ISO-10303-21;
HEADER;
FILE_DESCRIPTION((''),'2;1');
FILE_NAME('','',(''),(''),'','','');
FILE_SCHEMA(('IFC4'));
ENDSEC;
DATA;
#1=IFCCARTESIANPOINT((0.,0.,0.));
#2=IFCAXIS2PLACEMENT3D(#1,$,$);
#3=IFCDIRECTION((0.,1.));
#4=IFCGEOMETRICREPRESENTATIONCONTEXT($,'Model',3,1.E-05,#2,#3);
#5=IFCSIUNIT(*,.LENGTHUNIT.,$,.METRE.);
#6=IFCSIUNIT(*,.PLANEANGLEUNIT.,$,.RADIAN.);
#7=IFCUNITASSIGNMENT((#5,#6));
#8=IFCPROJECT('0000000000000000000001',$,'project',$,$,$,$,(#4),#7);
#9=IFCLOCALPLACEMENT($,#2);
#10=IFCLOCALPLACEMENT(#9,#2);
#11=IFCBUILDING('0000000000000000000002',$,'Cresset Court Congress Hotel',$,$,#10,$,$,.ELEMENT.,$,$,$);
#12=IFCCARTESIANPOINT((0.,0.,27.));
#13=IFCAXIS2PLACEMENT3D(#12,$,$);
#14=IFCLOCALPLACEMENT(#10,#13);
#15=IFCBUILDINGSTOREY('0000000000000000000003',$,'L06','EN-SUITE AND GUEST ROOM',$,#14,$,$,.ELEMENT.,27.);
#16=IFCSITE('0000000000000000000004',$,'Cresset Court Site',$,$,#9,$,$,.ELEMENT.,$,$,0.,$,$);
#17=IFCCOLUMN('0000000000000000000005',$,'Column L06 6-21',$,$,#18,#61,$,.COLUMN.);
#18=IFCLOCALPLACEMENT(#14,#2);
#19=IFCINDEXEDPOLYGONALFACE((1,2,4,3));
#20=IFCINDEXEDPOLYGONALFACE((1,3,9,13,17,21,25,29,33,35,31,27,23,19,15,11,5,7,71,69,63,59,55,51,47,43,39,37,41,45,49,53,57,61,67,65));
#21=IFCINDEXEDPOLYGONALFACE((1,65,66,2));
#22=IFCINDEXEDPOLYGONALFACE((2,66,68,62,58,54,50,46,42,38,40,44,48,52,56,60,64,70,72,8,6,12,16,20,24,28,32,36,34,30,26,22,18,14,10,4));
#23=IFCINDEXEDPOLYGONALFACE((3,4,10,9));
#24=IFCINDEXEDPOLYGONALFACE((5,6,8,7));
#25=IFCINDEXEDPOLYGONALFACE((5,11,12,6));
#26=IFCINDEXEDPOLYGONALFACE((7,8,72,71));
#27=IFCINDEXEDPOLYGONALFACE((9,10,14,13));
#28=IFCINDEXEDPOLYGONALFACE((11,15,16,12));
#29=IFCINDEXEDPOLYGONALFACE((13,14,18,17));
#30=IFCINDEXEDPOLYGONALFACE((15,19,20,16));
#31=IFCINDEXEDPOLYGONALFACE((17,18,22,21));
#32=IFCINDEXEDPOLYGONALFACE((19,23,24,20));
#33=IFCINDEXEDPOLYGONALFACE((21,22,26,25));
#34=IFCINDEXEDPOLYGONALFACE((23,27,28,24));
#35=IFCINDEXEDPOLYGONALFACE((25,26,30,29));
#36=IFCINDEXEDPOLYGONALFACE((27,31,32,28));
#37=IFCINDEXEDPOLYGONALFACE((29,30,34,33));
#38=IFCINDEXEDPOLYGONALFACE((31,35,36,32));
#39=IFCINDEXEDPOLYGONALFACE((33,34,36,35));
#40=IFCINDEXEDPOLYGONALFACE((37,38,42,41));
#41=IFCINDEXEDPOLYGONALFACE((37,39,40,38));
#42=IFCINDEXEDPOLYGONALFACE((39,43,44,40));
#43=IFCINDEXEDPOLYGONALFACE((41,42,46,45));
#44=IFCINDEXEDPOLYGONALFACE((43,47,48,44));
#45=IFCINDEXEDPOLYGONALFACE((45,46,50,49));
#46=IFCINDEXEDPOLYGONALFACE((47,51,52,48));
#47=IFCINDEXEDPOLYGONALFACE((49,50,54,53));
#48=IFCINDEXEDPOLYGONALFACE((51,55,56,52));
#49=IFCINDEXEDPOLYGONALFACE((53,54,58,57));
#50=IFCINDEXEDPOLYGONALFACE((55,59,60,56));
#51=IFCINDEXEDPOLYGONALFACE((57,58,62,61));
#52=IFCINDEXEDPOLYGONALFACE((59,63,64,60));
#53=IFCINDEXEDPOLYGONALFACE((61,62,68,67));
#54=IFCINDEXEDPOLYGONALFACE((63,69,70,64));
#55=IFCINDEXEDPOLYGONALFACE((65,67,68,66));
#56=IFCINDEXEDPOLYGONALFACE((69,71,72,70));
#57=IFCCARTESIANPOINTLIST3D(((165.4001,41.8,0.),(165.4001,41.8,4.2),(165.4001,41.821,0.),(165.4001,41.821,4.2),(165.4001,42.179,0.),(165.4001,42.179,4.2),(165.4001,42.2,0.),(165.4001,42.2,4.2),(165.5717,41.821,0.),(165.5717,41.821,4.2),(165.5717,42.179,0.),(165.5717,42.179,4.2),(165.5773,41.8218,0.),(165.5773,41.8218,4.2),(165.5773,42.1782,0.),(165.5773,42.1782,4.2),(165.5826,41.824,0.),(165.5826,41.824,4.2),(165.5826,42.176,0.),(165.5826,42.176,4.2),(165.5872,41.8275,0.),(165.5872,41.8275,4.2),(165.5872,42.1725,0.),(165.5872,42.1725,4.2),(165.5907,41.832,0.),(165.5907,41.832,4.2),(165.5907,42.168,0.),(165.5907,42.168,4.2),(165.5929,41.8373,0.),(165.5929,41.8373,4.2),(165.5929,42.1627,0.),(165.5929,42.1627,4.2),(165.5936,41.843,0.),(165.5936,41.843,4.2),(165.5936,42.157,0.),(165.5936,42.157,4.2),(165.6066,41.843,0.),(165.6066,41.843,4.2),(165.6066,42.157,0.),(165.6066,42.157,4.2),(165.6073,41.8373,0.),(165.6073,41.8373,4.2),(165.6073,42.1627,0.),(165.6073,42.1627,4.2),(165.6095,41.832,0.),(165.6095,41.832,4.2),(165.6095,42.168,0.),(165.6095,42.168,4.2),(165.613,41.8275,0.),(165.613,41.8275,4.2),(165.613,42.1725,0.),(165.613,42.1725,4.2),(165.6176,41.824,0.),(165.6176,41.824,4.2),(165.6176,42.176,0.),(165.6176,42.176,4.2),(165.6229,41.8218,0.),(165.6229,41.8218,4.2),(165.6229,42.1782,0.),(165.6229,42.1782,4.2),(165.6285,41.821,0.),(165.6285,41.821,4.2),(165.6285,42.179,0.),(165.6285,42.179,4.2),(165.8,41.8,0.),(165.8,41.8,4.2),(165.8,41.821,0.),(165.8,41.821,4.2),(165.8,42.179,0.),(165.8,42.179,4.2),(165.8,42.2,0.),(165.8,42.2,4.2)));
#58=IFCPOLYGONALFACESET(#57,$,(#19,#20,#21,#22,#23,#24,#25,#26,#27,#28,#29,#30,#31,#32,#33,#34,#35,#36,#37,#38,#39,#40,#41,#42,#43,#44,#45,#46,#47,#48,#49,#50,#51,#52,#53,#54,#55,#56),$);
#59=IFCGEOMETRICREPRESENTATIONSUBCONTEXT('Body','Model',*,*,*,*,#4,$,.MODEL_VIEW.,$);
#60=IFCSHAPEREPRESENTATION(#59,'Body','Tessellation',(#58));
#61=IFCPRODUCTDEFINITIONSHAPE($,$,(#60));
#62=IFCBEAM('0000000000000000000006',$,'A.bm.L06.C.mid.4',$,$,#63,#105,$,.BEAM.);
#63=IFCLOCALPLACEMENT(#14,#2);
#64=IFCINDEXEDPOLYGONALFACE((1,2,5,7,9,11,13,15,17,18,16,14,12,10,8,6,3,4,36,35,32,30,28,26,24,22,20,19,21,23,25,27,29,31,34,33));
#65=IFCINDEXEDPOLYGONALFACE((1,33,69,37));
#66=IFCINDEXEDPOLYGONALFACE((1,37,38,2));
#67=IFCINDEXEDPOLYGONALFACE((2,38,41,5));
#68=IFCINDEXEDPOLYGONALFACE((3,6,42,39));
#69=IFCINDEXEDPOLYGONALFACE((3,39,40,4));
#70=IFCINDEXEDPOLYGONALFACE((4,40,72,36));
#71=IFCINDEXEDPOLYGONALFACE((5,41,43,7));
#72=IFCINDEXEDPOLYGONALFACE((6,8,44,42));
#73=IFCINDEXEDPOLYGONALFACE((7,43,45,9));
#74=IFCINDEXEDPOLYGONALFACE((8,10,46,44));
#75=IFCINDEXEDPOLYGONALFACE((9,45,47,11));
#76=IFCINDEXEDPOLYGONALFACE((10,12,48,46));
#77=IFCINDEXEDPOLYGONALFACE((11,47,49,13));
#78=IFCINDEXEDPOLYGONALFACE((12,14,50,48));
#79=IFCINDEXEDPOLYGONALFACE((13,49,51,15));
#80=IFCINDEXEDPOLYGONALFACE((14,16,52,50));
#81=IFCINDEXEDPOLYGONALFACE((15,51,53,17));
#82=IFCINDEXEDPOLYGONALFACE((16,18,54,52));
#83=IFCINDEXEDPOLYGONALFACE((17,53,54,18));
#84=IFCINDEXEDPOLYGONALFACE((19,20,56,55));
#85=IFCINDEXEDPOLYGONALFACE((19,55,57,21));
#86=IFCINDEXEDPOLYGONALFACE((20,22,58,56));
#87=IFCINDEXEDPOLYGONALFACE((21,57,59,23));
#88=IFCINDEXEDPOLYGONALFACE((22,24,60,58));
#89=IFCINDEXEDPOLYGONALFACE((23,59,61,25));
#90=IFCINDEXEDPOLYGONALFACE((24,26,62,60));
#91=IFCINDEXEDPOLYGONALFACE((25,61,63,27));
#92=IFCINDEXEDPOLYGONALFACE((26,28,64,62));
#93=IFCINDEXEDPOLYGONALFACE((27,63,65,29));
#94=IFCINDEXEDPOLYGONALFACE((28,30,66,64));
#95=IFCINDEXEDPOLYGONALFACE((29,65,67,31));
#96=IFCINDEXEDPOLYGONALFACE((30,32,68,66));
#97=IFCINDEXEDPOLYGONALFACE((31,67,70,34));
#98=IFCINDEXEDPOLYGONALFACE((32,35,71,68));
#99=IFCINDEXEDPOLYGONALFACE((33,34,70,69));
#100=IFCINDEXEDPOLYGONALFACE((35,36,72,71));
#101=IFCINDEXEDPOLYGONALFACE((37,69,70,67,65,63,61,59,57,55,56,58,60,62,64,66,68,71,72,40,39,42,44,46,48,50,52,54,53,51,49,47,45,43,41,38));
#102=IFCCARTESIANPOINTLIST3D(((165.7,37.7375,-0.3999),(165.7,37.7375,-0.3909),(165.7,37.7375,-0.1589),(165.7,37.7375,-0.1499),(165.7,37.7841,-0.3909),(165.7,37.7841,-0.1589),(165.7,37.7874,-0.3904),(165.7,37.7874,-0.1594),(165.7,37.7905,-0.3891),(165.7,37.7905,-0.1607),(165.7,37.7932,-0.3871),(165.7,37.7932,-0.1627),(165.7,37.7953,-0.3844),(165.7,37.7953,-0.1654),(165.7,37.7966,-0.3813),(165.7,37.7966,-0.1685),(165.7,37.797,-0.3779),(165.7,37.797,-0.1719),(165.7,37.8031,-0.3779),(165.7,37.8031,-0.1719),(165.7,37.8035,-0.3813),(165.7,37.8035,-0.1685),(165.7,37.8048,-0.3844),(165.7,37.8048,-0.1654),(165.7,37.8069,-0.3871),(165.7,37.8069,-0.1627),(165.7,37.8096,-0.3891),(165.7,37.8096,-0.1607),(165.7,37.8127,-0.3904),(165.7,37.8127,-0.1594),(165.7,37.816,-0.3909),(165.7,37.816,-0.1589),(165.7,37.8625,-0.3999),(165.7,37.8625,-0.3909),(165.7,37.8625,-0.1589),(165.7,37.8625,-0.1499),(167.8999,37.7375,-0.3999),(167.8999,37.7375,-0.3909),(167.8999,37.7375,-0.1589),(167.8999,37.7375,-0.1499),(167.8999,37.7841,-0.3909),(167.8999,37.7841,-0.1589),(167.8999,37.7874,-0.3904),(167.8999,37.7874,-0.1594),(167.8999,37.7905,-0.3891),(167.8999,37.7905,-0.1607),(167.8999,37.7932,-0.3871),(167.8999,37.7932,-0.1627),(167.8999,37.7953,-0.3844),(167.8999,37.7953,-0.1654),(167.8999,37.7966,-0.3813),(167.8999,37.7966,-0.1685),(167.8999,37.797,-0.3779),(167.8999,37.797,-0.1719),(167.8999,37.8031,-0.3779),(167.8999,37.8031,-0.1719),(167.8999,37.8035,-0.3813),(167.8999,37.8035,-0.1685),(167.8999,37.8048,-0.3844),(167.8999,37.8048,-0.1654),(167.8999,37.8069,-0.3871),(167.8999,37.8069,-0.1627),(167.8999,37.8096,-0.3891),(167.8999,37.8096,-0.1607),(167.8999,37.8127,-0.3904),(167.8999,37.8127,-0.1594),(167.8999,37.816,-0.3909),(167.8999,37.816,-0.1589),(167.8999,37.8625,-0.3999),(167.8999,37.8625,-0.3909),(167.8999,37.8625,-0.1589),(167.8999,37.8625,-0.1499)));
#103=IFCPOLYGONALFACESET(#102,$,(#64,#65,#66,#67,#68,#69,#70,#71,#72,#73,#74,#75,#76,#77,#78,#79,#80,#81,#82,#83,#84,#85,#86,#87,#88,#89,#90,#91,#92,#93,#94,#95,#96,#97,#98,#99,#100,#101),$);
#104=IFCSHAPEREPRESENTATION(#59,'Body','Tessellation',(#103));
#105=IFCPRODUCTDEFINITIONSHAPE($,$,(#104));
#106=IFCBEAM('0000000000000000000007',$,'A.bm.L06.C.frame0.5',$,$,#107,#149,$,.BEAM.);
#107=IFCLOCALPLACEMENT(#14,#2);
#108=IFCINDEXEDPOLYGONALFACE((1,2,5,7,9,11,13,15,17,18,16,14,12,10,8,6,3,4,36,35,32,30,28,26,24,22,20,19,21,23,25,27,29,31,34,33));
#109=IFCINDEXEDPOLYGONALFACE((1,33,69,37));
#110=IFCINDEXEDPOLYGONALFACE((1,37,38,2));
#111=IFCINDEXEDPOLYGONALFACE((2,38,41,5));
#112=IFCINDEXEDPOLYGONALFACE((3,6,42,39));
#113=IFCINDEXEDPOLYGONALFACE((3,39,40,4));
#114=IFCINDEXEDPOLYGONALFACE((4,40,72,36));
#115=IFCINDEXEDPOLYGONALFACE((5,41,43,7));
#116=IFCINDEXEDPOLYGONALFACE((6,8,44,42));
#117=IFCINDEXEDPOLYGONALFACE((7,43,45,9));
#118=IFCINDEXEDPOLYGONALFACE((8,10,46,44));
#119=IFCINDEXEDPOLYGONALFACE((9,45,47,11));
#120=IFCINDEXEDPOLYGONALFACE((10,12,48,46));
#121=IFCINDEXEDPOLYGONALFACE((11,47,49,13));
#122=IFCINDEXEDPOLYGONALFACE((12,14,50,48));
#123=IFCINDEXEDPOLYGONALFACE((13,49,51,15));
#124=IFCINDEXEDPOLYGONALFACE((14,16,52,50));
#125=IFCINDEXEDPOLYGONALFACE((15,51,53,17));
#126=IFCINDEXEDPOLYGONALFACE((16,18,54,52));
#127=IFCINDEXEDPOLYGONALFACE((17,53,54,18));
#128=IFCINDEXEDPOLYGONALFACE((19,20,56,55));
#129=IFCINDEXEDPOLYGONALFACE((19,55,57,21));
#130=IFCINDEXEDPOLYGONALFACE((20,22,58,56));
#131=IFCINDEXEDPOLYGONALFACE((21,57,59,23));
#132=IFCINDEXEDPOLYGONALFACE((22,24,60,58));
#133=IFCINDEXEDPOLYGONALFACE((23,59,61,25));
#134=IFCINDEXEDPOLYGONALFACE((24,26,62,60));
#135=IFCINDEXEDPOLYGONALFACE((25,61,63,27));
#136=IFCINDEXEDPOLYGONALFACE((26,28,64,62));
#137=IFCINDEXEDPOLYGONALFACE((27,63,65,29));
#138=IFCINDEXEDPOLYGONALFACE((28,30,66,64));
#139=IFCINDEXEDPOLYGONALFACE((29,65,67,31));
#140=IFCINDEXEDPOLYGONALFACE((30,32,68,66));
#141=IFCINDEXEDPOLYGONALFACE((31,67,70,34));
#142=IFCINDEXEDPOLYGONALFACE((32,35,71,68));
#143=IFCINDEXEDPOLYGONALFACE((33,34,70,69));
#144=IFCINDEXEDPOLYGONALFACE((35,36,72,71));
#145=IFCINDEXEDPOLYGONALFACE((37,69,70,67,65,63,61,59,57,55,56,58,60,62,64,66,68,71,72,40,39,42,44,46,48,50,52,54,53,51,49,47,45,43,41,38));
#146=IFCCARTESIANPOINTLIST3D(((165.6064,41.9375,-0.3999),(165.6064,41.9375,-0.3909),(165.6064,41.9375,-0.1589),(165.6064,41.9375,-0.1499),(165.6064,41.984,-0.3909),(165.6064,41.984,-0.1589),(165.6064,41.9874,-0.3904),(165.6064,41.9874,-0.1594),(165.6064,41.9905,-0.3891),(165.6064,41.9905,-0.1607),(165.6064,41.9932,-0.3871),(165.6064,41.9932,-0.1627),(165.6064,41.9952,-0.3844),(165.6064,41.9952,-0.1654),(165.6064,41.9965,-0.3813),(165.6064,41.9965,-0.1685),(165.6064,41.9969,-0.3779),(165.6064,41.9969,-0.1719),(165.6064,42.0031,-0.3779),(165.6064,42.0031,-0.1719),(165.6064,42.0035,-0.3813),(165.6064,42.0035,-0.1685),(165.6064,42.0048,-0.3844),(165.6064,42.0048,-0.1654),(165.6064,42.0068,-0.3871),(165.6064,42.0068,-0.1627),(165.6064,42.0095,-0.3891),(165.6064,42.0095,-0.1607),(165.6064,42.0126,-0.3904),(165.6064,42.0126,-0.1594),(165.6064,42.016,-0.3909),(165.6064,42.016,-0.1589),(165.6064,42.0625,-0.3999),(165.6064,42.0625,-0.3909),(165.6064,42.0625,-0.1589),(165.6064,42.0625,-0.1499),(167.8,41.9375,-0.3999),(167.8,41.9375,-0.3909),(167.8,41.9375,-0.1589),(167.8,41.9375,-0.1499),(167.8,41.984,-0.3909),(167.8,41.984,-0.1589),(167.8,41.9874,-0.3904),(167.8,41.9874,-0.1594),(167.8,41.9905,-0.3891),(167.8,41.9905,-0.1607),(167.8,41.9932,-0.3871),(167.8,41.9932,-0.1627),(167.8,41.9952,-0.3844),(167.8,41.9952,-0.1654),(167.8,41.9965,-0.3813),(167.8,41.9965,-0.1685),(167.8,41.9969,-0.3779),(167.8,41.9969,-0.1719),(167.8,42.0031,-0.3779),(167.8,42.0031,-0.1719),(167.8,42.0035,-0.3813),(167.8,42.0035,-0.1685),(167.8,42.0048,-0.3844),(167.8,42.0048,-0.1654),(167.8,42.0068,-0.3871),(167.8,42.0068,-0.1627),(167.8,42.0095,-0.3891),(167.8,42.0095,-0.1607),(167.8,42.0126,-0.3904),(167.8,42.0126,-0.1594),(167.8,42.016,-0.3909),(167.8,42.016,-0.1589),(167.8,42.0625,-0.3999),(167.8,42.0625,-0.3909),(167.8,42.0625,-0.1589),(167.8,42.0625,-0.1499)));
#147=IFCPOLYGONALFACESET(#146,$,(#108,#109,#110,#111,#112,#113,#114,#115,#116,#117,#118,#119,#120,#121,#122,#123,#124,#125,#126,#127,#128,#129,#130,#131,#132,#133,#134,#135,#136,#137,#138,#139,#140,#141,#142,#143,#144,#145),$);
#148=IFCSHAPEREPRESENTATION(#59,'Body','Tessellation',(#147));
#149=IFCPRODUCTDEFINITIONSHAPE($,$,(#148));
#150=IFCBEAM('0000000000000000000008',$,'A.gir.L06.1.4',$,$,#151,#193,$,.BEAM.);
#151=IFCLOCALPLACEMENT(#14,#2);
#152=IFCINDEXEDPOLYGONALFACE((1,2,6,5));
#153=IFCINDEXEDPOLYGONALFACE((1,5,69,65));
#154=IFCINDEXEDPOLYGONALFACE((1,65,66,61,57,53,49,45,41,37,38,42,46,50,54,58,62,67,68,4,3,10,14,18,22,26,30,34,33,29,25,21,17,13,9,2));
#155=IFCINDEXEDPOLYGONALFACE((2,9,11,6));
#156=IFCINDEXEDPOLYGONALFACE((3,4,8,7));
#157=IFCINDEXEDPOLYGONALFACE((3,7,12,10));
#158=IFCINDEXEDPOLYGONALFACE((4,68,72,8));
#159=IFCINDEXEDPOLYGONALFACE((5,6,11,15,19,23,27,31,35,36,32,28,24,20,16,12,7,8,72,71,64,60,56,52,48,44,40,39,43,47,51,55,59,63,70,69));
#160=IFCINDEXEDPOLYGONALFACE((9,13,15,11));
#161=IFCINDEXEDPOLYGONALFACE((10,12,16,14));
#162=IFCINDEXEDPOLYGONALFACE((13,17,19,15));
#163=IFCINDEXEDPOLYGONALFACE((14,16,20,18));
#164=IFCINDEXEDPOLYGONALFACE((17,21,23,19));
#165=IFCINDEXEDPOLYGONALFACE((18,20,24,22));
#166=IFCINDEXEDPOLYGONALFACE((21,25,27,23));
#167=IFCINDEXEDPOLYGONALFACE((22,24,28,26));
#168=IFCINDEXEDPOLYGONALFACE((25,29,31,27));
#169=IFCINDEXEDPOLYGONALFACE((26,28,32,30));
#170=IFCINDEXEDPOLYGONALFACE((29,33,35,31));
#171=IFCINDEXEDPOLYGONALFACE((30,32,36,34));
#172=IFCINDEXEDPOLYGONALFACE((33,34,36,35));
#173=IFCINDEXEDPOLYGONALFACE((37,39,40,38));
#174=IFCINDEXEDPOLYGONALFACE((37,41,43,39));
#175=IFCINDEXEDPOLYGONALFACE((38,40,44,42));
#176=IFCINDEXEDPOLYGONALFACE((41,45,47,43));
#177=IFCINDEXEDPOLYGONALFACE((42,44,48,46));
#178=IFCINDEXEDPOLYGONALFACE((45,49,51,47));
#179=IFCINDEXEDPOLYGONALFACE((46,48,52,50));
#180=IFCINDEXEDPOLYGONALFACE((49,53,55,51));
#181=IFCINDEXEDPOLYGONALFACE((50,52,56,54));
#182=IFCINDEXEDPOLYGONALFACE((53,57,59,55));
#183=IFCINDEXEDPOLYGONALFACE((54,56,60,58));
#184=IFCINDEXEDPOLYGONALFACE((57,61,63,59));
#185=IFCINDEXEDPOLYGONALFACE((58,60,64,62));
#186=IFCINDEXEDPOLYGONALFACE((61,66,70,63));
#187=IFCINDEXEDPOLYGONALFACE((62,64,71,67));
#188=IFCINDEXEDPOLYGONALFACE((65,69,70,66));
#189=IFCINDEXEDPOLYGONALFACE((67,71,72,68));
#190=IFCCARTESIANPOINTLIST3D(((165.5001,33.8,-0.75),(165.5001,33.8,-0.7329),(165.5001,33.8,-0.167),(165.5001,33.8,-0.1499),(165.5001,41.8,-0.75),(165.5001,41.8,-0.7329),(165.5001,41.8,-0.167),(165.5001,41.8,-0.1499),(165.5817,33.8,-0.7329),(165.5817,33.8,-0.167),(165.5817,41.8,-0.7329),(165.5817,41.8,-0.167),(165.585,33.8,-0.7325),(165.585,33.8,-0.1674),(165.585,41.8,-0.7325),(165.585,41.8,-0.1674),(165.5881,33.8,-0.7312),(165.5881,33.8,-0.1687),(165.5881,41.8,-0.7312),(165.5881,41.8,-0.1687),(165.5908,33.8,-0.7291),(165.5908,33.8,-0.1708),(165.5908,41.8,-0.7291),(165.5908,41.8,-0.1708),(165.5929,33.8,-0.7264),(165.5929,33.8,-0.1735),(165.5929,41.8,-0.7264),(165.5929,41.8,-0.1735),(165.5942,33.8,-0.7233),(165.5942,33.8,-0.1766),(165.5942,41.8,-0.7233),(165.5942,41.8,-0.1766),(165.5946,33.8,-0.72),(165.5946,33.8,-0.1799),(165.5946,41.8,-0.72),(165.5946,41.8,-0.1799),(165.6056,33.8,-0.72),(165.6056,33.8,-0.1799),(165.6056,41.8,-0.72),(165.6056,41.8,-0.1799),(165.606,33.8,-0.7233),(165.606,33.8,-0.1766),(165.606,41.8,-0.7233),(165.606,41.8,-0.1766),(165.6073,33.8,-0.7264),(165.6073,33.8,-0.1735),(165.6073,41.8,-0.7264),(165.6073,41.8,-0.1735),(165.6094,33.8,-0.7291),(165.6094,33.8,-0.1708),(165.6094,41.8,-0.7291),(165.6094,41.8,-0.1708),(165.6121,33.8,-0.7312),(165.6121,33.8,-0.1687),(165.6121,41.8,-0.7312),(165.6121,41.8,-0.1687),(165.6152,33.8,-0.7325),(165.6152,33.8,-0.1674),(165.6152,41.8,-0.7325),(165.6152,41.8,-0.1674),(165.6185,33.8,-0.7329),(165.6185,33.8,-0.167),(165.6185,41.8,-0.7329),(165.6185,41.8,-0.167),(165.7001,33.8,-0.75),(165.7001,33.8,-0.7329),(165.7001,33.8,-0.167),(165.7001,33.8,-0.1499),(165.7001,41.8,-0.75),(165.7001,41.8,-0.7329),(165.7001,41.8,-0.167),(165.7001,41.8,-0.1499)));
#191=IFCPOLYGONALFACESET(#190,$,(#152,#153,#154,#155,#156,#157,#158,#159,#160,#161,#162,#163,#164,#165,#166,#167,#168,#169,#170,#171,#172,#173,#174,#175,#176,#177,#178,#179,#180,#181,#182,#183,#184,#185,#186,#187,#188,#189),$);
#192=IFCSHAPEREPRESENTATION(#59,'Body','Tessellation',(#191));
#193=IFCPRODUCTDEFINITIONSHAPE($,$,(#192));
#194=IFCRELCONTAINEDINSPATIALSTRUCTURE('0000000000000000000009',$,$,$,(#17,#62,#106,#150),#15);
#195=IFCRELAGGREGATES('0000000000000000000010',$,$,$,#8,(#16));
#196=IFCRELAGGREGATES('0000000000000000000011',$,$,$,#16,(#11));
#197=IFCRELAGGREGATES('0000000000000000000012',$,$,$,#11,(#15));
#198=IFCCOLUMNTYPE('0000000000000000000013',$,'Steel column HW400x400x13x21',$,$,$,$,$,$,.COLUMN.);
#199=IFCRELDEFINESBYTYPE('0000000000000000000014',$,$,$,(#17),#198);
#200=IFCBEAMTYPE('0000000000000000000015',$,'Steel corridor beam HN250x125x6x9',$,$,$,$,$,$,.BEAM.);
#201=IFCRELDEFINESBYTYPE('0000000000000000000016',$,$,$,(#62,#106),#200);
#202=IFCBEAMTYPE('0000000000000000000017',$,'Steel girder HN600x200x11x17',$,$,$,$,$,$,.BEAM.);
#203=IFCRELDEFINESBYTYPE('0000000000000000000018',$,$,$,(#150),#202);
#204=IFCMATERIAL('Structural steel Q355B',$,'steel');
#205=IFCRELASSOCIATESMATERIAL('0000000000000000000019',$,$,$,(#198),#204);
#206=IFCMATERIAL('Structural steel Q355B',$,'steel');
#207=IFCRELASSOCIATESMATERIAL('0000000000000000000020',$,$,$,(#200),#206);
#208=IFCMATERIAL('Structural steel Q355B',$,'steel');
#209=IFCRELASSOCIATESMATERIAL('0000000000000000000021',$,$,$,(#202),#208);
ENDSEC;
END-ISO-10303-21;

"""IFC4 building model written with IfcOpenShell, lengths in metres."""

from ifc_helpers import new_model, si_unit, direction, frame, origin, origin_2d, place, context, subcontext, project, spatial, i_section, extrude, material, material_profile, profile_set, type_object, element, save


model = new_model("IFC4")

# Units and contexts
model_context = context("Model", 3, precision=1e-05, world=origin(), true_north=direction((0.0, 1.0)))
body_context = subcontext(model_context, "Body", "Model", "MODEL_VIEW")
ifc_project = project(units=[si_unit("LENGTHUNIT", "METRE"), si_unit("PLANEANGLEUNIT", "RADIAN")], contexts=[model_context])

# Site, building, storey
site_placement = place(None, origin())
site = spatial("IfcSite", under=ifc_project, at=site_placement, Name="Cresset Court Site", CompositionType="ELEMENT", RefElevation=0.0)
building_placement = place(site_placement, origin())
building = spatial("IfcBuilding", under=site, at=building_placement, Name="Cresset Court Congress Hotel", CompositionType="ELEMENT")
storey_placement = place(building_placement, frame((0.0, 0.0, 27.0)))
storey = spatial("IfcBuildingStorey", under=building, at=storey_placement, Name="L06", Description="EN-SUITE AND GUEST ROOM", CompositionType="ELEMENT", Elevation=27.0)

# Column
ifc_material_1 = material(Name="Structural steel Q355B", Category="steel")
ifc_material_profile_1 = material_profile(ifc_material_1, i_section(OverallWidth=0.3999, OverallDepth=0.3999, WebThickness=0.0129, FlangeThickness=0.021, FilletRadius=0.022, at=origin_2d()), Name="HW400x400x13x21")
ifc_profile_set_1 = profile_set([ifc_material_profile_1], Name="Structural steel Q355B")
column_type = type_object("IfcColumnType", Name="Steel column HW400x400x13x21", PredefinedType="COLUMN", material=ifc_profile_set_1)
column_placement = place(storey_placement, frame((165.6001, 42.0, 0.0), z_axis=(0.0, 0.0, 1.0), x_axis=(1.0, 0.0, 0.0)))
element("IfcColumn", 1, at=column_placement, inside=storey, type_object=column_type, Name="Column L06 6-21", PredefinedType="COLUMN", context=body_context, shape_type="SweptSolid", body=[
    extrude(i_section(OverallWidth=0.3999, OverallDepth=0.3999, WebThickness=0.0129, FlangeThickness=0.021, FilletRadius=0.022, at=origin_2d()), origin(), (0.0, 0.0, 1.0), 4.2),
])

# Beams
ifc_material_2 = material(Name="Structural steel Q355B", Category="steel")
ifc_material_profile_2 = material_profile(ifc_material_2, i_section(OverallWidth=0.125, OverallDepth=0.25, WebThickness=0.0061, FlangeThickness=0.009, FilletRadius=0.0129, at=origin_2d()), Name="HN250x125x6x9")
ifc_profile_set_2 = profile_set([ifc_material_profile_2], Name="Structural steel Q355B")
beam_type_1 = type_object("IfcBeamType", Name="Steel corridor beam HN250x125x6x9", PredefinedType="BEAM", material=ifc_profile_set_2)
beam_1_placement = place(storey_placement, frame((165.7, 37.8, -0.2749), z_axis=(1.0, 0.0, 0.0), x_axis=(0.0, 1.0, 0.0)))
element("IfcBeam", 2, at=beam_1_placement, inside=storey, type_object=beam_type_1, Name="A.bm.L06.C.mid.4", PredefinedType="BEAM", context=body_context, shape_type="SweptSolid", body=[
    extrude(i_section(OverallWidth=0.125, OverallDepth=0.25, WebThickness=0.0061, FlangeThickness=0.009, FilletRadius=0.0129, at=origin_2d()), origin(), (0.0, 0.0, 1.0), 2.2),
])
beam_2_placement = place(storey_placement, frame((165.6064, 42.0, -0.2749), z_axis=(1.0, 0.0, 0.0), x_axis=(0.0, 1.0, 0.0)))
element("IfcBeam", 3, at=beam_2_placement, inside=storey, type_object=beam_type_1, Name="A.bm.L06.C.frame0.5", PredefinedType="BEAM", context=body_context, shape_type="SweptSolid", body=[
    extrude(i_section(OverallWidth=0.125, OverallDepth=0.25, WebThickness=0.0061, FlangeThickness=0.009, FilletRadius=0.0129, at=origin_2d()), origin(), (0.0, 0.0, 1.0), 2.1936),
])
ifc_material_3 = material(Name="Structural steel Q355B", Category="steel")
ifc_material_profile_3 = material_profile(ifc_material_3, i_section(OverallWidth=0.2, OverallDepth=0.6001, WebThickness=0.011, FlangeThickness=0.0171, FilletRadius=0.0129, at=origin_2d()), Name="HN600x200x11x17")
ifc_profile_set_3 = profile_set([ifc_material_profile_3], Name="Structural steel Q355B")
beam_type_2 = type_object("IfcBeamType", Name="Steel girder HN600x200x11x17", PredefinedType="BEAM", material=ifc_profile_set_3)
for number, where, z_axis, x_axis, name in (
    (4, (165.6001, 33.8, -0.45), (0.0, 1.0, 0.0), (-1.0, 0.0, 0.0), "A.gir.L06.1.4"),
):
    element("IfcBeam", number, at=place(storey_placement, frame(where, z_axis=z_axis, x_axis=x_axis)), inside=storey, type_object=beam_type_2, Name=name, PredefinedType="BEAM", context=body_context, shape_type="SweptSolid", body=[
        extrude(i_section(OverallWidth=0.2, OverallDepth=0.6001, WebThickness=0.011, FlangeThickness=0.0171, FilletRadius=0.0129, at=origin_2d()), origin(), (0.0, 0.0, 1.0), 8.0),
    ])

save(model, "model.ifc")
